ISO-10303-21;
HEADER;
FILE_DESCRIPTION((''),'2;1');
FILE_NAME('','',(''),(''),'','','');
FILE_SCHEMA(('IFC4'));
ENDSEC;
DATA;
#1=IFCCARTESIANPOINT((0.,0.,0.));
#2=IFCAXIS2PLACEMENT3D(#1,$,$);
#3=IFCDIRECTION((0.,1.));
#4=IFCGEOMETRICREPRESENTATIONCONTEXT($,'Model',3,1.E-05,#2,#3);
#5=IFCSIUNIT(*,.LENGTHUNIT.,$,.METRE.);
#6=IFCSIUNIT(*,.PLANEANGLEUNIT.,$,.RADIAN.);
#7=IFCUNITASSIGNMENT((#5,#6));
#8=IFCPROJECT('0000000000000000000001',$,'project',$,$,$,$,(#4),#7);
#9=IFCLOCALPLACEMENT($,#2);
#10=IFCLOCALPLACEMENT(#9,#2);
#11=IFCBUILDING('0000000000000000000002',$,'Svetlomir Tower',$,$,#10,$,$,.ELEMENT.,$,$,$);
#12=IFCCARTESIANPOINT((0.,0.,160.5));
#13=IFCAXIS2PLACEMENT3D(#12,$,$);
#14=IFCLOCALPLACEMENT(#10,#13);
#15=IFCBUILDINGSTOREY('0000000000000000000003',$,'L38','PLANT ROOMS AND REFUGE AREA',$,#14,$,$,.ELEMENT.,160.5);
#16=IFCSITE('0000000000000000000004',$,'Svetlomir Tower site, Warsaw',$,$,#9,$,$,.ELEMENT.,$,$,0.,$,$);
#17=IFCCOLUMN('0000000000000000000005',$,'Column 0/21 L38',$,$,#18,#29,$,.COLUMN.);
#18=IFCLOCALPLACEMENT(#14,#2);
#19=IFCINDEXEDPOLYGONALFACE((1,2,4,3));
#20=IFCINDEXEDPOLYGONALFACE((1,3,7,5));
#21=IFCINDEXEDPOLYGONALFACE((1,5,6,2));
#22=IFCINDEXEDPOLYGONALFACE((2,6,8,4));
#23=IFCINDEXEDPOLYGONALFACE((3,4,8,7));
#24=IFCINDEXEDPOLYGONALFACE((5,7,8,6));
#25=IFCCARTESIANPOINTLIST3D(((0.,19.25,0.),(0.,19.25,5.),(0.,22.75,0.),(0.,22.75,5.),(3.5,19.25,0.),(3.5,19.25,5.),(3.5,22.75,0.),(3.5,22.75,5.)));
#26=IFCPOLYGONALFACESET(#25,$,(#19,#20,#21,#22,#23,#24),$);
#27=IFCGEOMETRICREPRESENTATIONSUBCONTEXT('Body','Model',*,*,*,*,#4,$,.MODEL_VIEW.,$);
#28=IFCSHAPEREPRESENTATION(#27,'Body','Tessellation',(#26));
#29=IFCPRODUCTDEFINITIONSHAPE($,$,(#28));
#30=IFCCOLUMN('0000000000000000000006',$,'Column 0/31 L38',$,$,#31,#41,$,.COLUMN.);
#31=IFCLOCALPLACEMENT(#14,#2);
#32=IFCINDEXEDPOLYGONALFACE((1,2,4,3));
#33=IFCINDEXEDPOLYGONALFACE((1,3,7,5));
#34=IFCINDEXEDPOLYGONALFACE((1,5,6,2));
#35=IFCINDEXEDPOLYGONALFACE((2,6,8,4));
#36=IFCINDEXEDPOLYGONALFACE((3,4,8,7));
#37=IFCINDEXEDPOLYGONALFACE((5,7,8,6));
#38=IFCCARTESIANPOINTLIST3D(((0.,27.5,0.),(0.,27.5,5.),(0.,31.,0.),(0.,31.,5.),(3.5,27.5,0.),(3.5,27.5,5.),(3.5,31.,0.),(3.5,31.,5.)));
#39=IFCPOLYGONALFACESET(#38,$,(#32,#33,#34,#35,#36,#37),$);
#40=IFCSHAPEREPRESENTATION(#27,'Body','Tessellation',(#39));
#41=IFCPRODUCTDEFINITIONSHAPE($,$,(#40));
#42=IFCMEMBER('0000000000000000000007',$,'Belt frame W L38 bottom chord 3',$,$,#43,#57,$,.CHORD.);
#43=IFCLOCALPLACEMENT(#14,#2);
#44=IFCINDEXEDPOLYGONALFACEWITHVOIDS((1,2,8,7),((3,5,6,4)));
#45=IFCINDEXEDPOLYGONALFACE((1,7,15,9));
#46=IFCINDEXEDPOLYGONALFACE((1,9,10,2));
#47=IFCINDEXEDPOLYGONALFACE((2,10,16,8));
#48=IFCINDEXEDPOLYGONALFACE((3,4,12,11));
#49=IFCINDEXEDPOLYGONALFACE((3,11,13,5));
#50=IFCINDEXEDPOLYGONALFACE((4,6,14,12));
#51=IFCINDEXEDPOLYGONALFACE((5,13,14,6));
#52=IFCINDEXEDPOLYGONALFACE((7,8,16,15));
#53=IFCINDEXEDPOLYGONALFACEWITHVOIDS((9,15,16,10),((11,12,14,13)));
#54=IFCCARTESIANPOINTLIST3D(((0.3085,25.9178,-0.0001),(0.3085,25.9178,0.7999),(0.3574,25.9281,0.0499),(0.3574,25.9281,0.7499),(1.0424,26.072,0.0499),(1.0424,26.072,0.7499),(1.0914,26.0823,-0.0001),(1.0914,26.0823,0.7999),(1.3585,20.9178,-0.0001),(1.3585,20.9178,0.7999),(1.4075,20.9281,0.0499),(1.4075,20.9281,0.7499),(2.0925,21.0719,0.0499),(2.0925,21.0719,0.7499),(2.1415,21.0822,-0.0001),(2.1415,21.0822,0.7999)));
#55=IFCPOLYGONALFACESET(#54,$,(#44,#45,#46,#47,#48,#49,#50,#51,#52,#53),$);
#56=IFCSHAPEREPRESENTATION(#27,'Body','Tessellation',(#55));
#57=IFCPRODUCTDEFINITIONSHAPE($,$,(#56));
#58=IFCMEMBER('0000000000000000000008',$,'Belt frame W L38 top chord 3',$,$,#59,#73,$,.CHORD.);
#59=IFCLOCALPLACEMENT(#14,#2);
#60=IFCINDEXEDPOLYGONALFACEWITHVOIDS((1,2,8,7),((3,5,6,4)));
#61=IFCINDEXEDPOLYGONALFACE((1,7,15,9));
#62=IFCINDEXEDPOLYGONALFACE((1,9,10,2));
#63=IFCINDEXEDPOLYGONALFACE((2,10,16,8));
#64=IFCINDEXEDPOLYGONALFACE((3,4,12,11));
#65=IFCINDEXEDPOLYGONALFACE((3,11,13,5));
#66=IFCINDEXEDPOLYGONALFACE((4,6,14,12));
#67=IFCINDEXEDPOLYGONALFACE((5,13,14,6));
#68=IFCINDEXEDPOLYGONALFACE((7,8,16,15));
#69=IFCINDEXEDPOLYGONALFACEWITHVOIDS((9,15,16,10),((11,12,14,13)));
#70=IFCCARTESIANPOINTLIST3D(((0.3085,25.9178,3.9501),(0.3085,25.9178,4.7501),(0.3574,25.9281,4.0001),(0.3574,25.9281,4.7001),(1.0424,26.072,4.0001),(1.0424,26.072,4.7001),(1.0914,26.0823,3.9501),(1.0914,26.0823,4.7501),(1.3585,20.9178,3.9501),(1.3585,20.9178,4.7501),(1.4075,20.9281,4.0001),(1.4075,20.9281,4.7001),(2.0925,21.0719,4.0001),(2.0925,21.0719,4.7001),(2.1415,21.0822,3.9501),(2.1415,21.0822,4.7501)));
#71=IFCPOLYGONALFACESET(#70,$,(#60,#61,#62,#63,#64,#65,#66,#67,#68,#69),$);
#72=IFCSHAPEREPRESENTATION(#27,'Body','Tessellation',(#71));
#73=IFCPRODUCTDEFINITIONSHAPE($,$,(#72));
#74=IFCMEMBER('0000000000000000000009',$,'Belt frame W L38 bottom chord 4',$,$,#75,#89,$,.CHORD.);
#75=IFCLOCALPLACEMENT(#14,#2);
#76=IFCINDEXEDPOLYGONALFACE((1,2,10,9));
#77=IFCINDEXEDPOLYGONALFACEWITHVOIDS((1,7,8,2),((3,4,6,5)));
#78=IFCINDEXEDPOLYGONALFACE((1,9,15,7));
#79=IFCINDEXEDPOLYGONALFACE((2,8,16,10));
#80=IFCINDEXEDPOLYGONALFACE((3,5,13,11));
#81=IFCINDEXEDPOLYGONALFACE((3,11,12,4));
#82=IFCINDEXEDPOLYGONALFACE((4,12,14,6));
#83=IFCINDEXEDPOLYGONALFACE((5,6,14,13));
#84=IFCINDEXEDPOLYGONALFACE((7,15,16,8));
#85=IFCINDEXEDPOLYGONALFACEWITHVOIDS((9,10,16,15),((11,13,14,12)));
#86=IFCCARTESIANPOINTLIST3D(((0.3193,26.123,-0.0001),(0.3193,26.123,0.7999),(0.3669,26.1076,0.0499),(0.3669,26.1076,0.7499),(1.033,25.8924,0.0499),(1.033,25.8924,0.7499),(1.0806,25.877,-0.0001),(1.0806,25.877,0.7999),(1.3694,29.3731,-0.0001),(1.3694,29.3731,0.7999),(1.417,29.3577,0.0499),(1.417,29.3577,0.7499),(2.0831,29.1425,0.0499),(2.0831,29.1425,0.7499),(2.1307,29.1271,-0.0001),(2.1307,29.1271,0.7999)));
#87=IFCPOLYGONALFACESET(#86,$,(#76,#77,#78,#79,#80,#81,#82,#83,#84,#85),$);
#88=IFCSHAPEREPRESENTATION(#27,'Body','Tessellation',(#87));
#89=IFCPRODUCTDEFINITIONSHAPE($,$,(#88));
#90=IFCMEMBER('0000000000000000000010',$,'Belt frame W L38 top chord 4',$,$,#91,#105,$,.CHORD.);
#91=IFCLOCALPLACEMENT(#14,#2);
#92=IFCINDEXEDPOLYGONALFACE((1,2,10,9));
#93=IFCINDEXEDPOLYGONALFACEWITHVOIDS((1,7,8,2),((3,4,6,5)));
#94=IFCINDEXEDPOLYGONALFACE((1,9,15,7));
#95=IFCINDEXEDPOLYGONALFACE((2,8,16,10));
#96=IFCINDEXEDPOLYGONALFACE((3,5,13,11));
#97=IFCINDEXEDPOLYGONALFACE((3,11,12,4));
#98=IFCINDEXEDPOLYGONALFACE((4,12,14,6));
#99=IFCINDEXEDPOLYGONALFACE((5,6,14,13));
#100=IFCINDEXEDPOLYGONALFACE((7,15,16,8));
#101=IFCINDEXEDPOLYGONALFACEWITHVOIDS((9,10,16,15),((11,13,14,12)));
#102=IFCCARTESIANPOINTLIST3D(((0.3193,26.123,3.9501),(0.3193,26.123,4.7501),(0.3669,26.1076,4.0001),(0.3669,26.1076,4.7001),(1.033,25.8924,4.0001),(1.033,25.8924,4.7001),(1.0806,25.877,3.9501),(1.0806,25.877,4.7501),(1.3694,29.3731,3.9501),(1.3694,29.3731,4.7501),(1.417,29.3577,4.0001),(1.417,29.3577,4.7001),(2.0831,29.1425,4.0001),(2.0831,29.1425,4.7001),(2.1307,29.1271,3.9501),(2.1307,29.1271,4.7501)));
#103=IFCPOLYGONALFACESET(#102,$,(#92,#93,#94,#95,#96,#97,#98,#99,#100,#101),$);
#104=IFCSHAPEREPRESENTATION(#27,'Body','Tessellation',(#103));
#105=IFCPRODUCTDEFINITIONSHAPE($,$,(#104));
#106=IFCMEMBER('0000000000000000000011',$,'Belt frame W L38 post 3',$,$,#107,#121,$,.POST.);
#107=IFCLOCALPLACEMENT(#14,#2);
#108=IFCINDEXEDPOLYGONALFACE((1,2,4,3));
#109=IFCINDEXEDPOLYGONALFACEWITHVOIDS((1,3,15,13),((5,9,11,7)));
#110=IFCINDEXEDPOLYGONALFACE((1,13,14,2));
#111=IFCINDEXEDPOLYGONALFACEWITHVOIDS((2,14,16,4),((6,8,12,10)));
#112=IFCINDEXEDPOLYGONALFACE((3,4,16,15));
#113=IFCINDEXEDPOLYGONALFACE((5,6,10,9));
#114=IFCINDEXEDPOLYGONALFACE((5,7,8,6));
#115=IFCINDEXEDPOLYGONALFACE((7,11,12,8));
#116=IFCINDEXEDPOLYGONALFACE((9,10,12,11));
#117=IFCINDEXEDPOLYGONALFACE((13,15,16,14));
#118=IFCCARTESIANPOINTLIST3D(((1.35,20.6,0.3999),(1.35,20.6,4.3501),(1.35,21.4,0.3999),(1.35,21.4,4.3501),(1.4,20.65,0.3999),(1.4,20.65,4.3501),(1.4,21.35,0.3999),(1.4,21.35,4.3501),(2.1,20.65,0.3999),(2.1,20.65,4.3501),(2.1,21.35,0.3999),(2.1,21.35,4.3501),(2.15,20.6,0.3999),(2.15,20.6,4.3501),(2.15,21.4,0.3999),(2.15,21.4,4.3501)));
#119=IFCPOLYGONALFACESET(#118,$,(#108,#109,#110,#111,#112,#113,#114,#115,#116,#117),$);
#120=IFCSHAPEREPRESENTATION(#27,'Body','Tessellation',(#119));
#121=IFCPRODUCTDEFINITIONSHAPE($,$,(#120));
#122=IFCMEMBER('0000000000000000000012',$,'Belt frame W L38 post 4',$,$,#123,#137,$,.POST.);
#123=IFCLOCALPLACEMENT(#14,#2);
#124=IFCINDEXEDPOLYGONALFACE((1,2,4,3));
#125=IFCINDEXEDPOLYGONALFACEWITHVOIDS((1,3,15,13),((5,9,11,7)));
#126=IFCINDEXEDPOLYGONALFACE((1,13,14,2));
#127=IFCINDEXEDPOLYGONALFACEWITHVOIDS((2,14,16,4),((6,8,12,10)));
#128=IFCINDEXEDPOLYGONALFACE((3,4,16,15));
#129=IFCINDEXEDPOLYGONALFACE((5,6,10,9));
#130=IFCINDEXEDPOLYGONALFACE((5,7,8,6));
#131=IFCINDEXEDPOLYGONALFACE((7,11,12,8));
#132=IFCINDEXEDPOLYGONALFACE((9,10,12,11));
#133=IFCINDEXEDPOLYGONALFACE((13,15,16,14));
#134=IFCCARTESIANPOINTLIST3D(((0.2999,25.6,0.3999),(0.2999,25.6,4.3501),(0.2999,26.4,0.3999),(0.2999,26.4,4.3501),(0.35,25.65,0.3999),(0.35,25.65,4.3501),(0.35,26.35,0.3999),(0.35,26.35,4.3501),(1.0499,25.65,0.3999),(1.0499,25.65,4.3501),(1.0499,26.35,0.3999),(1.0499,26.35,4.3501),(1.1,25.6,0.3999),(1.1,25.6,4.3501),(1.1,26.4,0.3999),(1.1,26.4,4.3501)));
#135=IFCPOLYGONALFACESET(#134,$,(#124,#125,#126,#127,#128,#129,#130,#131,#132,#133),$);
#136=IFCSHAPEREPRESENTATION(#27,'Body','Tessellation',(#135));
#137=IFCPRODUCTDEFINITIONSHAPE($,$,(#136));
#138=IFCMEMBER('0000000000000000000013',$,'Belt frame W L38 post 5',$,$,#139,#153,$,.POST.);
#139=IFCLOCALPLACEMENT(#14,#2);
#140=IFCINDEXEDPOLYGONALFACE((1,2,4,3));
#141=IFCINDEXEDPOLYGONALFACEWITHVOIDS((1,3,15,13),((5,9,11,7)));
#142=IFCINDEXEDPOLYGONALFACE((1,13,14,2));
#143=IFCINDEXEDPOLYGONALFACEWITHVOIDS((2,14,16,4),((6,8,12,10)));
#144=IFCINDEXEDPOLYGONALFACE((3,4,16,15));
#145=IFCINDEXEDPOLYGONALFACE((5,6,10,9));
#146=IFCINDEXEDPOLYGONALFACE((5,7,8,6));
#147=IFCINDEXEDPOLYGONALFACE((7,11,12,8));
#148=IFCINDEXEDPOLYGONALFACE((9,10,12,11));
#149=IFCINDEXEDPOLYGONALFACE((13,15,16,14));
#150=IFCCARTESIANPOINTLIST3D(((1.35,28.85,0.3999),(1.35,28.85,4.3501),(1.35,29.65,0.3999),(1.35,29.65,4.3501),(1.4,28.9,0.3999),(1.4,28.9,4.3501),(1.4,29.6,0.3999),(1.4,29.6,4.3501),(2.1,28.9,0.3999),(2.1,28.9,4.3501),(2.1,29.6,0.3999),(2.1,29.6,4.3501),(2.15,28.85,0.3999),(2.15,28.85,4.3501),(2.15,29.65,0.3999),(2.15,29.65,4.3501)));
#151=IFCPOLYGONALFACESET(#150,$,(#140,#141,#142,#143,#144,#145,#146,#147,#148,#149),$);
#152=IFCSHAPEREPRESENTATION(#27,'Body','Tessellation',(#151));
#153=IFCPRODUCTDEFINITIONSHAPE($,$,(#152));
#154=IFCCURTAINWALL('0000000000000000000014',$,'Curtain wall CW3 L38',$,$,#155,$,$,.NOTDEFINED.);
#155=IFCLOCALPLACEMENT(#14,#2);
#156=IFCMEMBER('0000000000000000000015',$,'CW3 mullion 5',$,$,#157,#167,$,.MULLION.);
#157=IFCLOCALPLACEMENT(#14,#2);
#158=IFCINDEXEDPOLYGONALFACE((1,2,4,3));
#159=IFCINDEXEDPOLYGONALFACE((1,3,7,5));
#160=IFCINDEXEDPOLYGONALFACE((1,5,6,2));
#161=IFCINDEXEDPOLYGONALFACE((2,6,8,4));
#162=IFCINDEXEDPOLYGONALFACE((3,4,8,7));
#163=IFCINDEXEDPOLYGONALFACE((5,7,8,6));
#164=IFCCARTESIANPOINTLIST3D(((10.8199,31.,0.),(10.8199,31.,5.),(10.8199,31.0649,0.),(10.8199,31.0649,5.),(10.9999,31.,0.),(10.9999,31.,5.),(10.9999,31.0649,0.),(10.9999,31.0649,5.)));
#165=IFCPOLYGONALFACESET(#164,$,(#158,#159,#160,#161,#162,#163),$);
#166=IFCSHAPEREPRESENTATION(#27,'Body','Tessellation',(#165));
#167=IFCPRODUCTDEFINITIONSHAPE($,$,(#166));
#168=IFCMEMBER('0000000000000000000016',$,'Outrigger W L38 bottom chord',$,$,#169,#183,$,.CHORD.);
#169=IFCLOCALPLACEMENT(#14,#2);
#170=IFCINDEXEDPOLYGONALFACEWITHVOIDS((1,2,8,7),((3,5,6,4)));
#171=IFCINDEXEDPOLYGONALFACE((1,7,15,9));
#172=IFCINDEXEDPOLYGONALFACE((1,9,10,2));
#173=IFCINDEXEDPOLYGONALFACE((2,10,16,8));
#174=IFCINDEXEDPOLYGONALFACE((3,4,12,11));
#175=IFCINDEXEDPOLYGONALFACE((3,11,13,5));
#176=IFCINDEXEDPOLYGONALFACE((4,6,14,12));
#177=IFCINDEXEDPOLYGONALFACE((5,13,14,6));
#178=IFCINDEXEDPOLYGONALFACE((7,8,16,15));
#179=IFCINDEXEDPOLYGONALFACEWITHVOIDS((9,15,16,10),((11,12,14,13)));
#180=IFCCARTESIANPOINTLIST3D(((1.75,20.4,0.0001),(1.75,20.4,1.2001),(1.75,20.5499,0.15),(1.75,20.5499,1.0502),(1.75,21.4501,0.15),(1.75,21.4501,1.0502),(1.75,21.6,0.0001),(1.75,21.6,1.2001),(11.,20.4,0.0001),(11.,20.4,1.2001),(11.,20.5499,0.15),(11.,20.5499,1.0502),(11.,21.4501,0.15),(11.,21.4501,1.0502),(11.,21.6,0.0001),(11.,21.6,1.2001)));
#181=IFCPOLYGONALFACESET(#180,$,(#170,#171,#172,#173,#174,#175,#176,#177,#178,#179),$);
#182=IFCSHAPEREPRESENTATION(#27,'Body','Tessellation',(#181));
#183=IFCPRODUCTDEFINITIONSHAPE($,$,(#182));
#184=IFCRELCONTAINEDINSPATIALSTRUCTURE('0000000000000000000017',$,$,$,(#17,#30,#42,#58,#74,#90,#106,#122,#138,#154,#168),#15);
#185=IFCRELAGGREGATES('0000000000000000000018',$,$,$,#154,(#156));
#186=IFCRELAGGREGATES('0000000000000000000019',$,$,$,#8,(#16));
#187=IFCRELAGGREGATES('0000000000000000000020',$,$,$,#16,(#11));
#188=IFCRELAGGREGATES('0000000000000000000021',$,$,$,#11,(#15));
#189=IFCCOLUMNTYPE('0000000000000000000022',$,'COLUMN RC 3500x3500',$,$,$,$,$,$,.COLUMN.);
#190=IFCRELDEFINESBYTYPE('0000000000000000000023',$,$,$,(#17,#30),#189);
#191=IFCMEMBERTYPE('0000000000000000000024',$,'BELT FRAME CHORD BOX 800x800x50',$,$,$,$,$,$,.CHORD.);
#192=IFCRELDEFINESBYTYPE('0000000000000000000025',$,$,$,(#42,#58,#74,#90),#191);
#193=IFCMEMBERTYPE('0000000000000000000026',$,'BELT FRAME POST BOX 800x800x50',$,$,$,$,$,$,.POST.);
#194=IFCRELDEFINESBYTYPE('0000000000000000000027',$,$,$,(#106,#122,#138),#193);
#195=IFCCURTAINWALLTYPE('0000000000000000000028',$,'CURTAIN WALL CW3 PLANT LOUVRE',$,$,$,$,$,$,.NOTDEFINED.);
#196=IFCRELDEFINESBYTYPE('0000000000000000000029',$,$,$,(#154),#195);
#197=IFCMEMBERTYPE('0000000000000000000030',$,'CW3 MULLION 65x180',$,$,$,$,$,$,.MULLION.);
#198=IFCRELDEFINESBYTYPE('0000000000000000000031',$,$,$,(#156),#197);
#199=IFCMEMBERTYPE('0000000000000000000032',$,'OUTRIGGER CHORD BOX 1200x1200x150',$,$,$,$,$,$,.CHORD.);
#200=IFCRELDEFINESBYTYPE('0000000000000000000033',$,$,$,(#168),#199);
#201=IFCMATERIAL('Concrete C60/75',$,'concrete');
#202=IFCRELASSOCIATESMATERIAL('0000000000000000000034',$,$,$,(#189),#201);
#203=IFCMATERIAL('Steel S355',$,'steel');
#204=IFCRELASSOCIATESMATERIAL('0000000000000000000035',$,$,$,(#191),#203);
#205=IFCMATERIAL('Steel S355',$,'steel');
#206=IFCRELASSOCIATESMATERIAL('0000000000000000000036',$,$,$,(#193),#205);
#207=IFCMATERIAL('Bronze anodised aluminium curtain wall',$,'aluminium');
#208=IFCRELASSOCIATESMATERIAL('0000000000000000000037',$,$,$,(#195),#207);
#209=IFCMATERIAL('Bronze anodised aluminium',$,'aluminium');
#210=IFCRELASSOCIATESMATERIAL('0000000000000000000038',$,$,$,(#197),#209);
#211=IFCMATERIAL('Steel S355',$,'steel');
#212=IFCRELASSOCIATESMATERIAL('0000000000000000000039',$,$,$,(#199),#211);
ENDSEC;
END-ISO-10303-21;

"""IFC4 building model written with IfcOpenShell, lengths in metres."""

from ifc_helpers import new_model, si_unit, direction, frame, origin, origin_2d, place, context, subcontext, project, spatial, rectangle, hollow_rectangle, extrude, material, material_profile, profile_set, type_object, element, aggregate, save


model = new_model("IFC4")

# Units and contexts
model_context = context("Model", 3, precision=1e-05, world=origin(), true_north=direction((0.0, 1.0)))
body_context = subcontext(model_context, "Body", "Model", "MODEL_VIEW")
ifc_project = project(units=[si_unit("LENGTHUNIT", "METRE"), si_unit("PLANEANGLEUNIT", "RADIAN")], contexts=[model_context])

# Site, building, storey
site_placement = place(None, origin())
site = spatial("IfcSite", under=ifc_project, at=site_placement, Name="Svetlomir Tower site, Warsaw", CompositionType="ELEMENT", RefElevation=0.0)
building_placement = place(site_placement, origin())
building = spatial("IfcBuilding", under=site, at=building_placement, Name="Svetlomir Tower", CompositionType="ELEMENT")
storey_placement = place(building_placement, frame((0.0, 0.0, 160.5)))
storey = spatial("IfcBuildingStorey", under=building, at=storey_placement, Name="L38", Description="PLANT ROOMS AND REFUGE AREA", CompositionType="ELEMENT", Elevation=160.5)

# Columns
ifc_material_1 = material(Name="Concrete C60/75", Category="concrete")
ifc_material_profile_1 = material_profile(ifc_material_1, rectangle(XDim=3.5, YDim=3.5, at=origin_2d()), Name="RC 3500x3500")
ifc_profile_set_1 = profile_set([ifc_material_profile_1], Name="Concrete C60/75")
column_type = type_object("IfcColumnType", Name="COLUMN RC 3500x3500", PredefinedType="COLUMN", material=ifc_profile_set_1)
for number, where, z_axis, x_axis, name in (
    (1, (1.75, 21.0, 0.0), (0.0, 0.0, 1.0), (1.0, 0.0, 0.0), "Column 0/21 L38"),
    (2, (1.75, 29.25, 0.0), (0.0, 0.0, 1.0), (1.0, 0.0, 0.0), "Column 0/31 L38"),
):
    element("IfcColumn", number, at=place(storey_placement, frame(where, z_axis=z_axis, x_axis=x_axis)), inside=storey, type_object=column_type, Name=name, PredefinedType="COLUMN", context=body_context, shape_type="SweptSolid", body=[
        extrude(rectangle(XDim=3.5, YDim=3.5, at=origin_2d()), origin(), (0.0, 0.0, 1.0), 5.0),
    ])

# Members
ifc_material_2 = material(Name="Steel S355", Category="steel")
ifc_material_profile_2 = material_profile(ifc_material_2, hollow_rectangle(XDim=0.8, YDim=0.8, WallThickness=0.05, at=origin_2d()), Name="BOX 800x800x50")
ifc_profile_set_2 = profile_set([ifc_material_profile_2], Name="Steel S355")
member_type_1 = type_object("IfcMemberType", Name="BELT FRAME CHORD BOX 800x800x50", PredefinedType="CHORD", material=ifc_profile_set_2)
for number, where, z_axis, x_axis, name in (
    (3, (1.75, 21.0, 0.3999), (-0.205526, 0.978652, 0.0), (-0.978652, -0.205526, 0.0), "Belt frame W L38 bottom chord 3"),
    (4, (1.75, 21.0, 4.3501), (-0.205526, 0.978652, 0.0), (-0.978652, -0.205526, 0.0), "Belt frame W L38 top chord 3"),
):
    element("IfcMember", number, at=place(storey_placement, frame(where, z_axis=z_axis, x_axis=x_axis)), inside=storey, type_object=member_type_1, Name=name, PredefinedType="CHORD", context=body_context, shape_type="SweptSolid", body=[
        extrude(hollow_rectangle(XDim=0.8, YDim=0.8, WallThickness=0.05, at=origin_2d()), origin(), (0.0, 0.0, 1.0), 5.1091),
    ])
for number, where, z_axis, x_axis, name in (
    (5, (0.7, 26.0, 0.3999), (0.307443, 0.951566, 0.0), (-0.951566, 0.307443, 0.0), "Belt frame W L38 bottom chord 4"),
    (6, (0.7, 26.0, 4.3501), (0.307443, 0.951566, 0.0), (-0.951566, 0.307443, 0.0), "Belt frame W L38 top chord 4"),
):
    element("IfcMember", number, at=place(storey_placement, frame(where, z_axis=z_axis, x_axis=x_axis)), inside=storey, type_object=member_type_1, Name=name, PredefinedType="CHORD", context=body_context, shape_type="SweptSolid", body=[
        extrude(hollow_rectangle(XDim=0.8, YDim=0.8, WallThickness=0.05, at=origin_2d()), origin(), (0.0, 0.0, 1.0), 3.4155),
    ])
ifc_material_3 = material(Name="Steel S355", Category="steel")
ifc_material_profile_3 = material_profile(ifc_material_3, hollow_rectangle(XDim=0.8, YDim=0.8, WallThickness=0.05, at=origin_2d()), Name="BOX 800x800x50")
ifc_profile_set_3 = profile_set([ifc_material_profile_3], Name="Steel S355")
member_type_2 = type_object("IfcMemberType", Name="BELT FRAME POST BOX 800x800x50", PredefinedType="POST", material=ifc_profile_set_3)
for number, where, z_axis, x_axis, name in (
    (7, (1.75, 21.0, 0.3999), (0.0, 0.0, 1.0), (1.0, 0.0, 0.0), "Belt frame W L38 post 3"),
    (8, (0.7, 26.0, 0.3999), (0.0, 0.0, 1.0), (1.0, 0.0, 0.0), "Belt frame W L38 post 4"),
    (9, (1.75, 29.25, 0.3999), (0.0, 0.0, 1.0), (1.0, 0.0, 0.0), "Belt frame W L38 post 5"),
):
    element("IfcMember", number, at=place(storey_placement, frame(where, z_axis=z_axis, x_axis=x_axis)), inside=storey, type_object=member_type_2, Name=name, PredefinedType="POST", context=body_context, shape_type="SweptSolid", body=[
        extrude(hollow_rectangle(XDim=0.8, YDim=0.8, WallThickness=0.05, at=origin_2d()), origin(), (0.0, 0.0, 1.0), 3.9502),
    ])

# Curtain wall, member
ifc_material_4 = material(Name="Bronze anodised aluminium curtain wall", Category="aluminium")
curtain_wall_type = type_object("IfcCurtainWallType", Name="CURTAIN WALL CW3 PLANT LOUVRE", PredefinedType="NOTDEFINED", material=ifc_material_4)
curtain_wall_placement = place(storey_placement, origin())
curtain_wall = element("IfcCurtainWall", 10, at=curtain_wall_placement, inside=storey, type_object=curtain_wall_type, Name="Curtain wall CW3 L38", PredefinedType="NOTDEFINED")
ifc_material_5 = material(Name="Bronze anodised aluminium", Category="aluminium")
ifc_material_profile_4 = material_profile(ifc_material_5, rectangle(XDim=0.0649, YDim=0.1799, at=origin_2d()), Name="AL 65x180")
ifc_profile_set_4 = profile_set([ifc_material_profile_4], Name="Bronze anodised aluminium 6063-T6")
member_type_3 = type_object("IfcMemberType", Name="CW3 MULLION 65x180", PredefinedType="MULLION", material=ifc_profile_set_4)
member_1_placement = place(storey_placement, frame((10.9099, 31.0325, 0.0), z_axis=(0.0, 0.0, 1.0), x_axis=(0.0, -1.0, 0.0)))
member_1 = element("IfcMember", 11, at=member_1_placement, type_object=member_type_3, Name="CW3 mullion 5", PredefinedType="MULLION", context=body_context, shape_type="SweptSolid", body=[
    extrude(rectangle(XDim=0.0649, YDim=0.1799, at=origin_2d()), origin(), (0.0, 0.0, 1.0), 5.0),
])
aggregate(curtain_wall, [member_1])

# Member
ifc_material_6 = material(Name="Steel S355", Category="steel")
ifc_material_profile_5 = material_profile(ifc_material_6, hollow_rectangle(XDim=1.2, YDim=1.2, WallThickness=0.1499, at=origin_2d()), Name="BOX 1200x1200x150")
ifc_profile_set_5 = profile_set([ifc_material_profile_5], Name="Steel S355")
member_type_4 = type_object("IfcMemberType", Name="OUTRIGGER CHORD BOX 1200x1200x150", PredefinedType="CHORD", material=ifc_profile_set_5)
member_2_placement = place(storey_placement, frame((11.0, 21.0, 0.6001), z_axis=(-1.0, 0.0, 0.0), x_axis=(0.0, -1.0, 0.0)))
element("IfcMember", 12, at=member_2_placement, inside=storey, type_object=member_type_4, Name="Outrigger W L38 bottom chord", PredefinedType="CHORD", context=body_context, shape_type="SweptSolid", body=[
    extrude(hollow_rectangle(XDim=1.2, YDim=1.2, WallThickness=0.1499, at=origin_2d()), origin(), (0.0, 0.0, 1.0), 9.25),
])

save(model, "model.ifc")
